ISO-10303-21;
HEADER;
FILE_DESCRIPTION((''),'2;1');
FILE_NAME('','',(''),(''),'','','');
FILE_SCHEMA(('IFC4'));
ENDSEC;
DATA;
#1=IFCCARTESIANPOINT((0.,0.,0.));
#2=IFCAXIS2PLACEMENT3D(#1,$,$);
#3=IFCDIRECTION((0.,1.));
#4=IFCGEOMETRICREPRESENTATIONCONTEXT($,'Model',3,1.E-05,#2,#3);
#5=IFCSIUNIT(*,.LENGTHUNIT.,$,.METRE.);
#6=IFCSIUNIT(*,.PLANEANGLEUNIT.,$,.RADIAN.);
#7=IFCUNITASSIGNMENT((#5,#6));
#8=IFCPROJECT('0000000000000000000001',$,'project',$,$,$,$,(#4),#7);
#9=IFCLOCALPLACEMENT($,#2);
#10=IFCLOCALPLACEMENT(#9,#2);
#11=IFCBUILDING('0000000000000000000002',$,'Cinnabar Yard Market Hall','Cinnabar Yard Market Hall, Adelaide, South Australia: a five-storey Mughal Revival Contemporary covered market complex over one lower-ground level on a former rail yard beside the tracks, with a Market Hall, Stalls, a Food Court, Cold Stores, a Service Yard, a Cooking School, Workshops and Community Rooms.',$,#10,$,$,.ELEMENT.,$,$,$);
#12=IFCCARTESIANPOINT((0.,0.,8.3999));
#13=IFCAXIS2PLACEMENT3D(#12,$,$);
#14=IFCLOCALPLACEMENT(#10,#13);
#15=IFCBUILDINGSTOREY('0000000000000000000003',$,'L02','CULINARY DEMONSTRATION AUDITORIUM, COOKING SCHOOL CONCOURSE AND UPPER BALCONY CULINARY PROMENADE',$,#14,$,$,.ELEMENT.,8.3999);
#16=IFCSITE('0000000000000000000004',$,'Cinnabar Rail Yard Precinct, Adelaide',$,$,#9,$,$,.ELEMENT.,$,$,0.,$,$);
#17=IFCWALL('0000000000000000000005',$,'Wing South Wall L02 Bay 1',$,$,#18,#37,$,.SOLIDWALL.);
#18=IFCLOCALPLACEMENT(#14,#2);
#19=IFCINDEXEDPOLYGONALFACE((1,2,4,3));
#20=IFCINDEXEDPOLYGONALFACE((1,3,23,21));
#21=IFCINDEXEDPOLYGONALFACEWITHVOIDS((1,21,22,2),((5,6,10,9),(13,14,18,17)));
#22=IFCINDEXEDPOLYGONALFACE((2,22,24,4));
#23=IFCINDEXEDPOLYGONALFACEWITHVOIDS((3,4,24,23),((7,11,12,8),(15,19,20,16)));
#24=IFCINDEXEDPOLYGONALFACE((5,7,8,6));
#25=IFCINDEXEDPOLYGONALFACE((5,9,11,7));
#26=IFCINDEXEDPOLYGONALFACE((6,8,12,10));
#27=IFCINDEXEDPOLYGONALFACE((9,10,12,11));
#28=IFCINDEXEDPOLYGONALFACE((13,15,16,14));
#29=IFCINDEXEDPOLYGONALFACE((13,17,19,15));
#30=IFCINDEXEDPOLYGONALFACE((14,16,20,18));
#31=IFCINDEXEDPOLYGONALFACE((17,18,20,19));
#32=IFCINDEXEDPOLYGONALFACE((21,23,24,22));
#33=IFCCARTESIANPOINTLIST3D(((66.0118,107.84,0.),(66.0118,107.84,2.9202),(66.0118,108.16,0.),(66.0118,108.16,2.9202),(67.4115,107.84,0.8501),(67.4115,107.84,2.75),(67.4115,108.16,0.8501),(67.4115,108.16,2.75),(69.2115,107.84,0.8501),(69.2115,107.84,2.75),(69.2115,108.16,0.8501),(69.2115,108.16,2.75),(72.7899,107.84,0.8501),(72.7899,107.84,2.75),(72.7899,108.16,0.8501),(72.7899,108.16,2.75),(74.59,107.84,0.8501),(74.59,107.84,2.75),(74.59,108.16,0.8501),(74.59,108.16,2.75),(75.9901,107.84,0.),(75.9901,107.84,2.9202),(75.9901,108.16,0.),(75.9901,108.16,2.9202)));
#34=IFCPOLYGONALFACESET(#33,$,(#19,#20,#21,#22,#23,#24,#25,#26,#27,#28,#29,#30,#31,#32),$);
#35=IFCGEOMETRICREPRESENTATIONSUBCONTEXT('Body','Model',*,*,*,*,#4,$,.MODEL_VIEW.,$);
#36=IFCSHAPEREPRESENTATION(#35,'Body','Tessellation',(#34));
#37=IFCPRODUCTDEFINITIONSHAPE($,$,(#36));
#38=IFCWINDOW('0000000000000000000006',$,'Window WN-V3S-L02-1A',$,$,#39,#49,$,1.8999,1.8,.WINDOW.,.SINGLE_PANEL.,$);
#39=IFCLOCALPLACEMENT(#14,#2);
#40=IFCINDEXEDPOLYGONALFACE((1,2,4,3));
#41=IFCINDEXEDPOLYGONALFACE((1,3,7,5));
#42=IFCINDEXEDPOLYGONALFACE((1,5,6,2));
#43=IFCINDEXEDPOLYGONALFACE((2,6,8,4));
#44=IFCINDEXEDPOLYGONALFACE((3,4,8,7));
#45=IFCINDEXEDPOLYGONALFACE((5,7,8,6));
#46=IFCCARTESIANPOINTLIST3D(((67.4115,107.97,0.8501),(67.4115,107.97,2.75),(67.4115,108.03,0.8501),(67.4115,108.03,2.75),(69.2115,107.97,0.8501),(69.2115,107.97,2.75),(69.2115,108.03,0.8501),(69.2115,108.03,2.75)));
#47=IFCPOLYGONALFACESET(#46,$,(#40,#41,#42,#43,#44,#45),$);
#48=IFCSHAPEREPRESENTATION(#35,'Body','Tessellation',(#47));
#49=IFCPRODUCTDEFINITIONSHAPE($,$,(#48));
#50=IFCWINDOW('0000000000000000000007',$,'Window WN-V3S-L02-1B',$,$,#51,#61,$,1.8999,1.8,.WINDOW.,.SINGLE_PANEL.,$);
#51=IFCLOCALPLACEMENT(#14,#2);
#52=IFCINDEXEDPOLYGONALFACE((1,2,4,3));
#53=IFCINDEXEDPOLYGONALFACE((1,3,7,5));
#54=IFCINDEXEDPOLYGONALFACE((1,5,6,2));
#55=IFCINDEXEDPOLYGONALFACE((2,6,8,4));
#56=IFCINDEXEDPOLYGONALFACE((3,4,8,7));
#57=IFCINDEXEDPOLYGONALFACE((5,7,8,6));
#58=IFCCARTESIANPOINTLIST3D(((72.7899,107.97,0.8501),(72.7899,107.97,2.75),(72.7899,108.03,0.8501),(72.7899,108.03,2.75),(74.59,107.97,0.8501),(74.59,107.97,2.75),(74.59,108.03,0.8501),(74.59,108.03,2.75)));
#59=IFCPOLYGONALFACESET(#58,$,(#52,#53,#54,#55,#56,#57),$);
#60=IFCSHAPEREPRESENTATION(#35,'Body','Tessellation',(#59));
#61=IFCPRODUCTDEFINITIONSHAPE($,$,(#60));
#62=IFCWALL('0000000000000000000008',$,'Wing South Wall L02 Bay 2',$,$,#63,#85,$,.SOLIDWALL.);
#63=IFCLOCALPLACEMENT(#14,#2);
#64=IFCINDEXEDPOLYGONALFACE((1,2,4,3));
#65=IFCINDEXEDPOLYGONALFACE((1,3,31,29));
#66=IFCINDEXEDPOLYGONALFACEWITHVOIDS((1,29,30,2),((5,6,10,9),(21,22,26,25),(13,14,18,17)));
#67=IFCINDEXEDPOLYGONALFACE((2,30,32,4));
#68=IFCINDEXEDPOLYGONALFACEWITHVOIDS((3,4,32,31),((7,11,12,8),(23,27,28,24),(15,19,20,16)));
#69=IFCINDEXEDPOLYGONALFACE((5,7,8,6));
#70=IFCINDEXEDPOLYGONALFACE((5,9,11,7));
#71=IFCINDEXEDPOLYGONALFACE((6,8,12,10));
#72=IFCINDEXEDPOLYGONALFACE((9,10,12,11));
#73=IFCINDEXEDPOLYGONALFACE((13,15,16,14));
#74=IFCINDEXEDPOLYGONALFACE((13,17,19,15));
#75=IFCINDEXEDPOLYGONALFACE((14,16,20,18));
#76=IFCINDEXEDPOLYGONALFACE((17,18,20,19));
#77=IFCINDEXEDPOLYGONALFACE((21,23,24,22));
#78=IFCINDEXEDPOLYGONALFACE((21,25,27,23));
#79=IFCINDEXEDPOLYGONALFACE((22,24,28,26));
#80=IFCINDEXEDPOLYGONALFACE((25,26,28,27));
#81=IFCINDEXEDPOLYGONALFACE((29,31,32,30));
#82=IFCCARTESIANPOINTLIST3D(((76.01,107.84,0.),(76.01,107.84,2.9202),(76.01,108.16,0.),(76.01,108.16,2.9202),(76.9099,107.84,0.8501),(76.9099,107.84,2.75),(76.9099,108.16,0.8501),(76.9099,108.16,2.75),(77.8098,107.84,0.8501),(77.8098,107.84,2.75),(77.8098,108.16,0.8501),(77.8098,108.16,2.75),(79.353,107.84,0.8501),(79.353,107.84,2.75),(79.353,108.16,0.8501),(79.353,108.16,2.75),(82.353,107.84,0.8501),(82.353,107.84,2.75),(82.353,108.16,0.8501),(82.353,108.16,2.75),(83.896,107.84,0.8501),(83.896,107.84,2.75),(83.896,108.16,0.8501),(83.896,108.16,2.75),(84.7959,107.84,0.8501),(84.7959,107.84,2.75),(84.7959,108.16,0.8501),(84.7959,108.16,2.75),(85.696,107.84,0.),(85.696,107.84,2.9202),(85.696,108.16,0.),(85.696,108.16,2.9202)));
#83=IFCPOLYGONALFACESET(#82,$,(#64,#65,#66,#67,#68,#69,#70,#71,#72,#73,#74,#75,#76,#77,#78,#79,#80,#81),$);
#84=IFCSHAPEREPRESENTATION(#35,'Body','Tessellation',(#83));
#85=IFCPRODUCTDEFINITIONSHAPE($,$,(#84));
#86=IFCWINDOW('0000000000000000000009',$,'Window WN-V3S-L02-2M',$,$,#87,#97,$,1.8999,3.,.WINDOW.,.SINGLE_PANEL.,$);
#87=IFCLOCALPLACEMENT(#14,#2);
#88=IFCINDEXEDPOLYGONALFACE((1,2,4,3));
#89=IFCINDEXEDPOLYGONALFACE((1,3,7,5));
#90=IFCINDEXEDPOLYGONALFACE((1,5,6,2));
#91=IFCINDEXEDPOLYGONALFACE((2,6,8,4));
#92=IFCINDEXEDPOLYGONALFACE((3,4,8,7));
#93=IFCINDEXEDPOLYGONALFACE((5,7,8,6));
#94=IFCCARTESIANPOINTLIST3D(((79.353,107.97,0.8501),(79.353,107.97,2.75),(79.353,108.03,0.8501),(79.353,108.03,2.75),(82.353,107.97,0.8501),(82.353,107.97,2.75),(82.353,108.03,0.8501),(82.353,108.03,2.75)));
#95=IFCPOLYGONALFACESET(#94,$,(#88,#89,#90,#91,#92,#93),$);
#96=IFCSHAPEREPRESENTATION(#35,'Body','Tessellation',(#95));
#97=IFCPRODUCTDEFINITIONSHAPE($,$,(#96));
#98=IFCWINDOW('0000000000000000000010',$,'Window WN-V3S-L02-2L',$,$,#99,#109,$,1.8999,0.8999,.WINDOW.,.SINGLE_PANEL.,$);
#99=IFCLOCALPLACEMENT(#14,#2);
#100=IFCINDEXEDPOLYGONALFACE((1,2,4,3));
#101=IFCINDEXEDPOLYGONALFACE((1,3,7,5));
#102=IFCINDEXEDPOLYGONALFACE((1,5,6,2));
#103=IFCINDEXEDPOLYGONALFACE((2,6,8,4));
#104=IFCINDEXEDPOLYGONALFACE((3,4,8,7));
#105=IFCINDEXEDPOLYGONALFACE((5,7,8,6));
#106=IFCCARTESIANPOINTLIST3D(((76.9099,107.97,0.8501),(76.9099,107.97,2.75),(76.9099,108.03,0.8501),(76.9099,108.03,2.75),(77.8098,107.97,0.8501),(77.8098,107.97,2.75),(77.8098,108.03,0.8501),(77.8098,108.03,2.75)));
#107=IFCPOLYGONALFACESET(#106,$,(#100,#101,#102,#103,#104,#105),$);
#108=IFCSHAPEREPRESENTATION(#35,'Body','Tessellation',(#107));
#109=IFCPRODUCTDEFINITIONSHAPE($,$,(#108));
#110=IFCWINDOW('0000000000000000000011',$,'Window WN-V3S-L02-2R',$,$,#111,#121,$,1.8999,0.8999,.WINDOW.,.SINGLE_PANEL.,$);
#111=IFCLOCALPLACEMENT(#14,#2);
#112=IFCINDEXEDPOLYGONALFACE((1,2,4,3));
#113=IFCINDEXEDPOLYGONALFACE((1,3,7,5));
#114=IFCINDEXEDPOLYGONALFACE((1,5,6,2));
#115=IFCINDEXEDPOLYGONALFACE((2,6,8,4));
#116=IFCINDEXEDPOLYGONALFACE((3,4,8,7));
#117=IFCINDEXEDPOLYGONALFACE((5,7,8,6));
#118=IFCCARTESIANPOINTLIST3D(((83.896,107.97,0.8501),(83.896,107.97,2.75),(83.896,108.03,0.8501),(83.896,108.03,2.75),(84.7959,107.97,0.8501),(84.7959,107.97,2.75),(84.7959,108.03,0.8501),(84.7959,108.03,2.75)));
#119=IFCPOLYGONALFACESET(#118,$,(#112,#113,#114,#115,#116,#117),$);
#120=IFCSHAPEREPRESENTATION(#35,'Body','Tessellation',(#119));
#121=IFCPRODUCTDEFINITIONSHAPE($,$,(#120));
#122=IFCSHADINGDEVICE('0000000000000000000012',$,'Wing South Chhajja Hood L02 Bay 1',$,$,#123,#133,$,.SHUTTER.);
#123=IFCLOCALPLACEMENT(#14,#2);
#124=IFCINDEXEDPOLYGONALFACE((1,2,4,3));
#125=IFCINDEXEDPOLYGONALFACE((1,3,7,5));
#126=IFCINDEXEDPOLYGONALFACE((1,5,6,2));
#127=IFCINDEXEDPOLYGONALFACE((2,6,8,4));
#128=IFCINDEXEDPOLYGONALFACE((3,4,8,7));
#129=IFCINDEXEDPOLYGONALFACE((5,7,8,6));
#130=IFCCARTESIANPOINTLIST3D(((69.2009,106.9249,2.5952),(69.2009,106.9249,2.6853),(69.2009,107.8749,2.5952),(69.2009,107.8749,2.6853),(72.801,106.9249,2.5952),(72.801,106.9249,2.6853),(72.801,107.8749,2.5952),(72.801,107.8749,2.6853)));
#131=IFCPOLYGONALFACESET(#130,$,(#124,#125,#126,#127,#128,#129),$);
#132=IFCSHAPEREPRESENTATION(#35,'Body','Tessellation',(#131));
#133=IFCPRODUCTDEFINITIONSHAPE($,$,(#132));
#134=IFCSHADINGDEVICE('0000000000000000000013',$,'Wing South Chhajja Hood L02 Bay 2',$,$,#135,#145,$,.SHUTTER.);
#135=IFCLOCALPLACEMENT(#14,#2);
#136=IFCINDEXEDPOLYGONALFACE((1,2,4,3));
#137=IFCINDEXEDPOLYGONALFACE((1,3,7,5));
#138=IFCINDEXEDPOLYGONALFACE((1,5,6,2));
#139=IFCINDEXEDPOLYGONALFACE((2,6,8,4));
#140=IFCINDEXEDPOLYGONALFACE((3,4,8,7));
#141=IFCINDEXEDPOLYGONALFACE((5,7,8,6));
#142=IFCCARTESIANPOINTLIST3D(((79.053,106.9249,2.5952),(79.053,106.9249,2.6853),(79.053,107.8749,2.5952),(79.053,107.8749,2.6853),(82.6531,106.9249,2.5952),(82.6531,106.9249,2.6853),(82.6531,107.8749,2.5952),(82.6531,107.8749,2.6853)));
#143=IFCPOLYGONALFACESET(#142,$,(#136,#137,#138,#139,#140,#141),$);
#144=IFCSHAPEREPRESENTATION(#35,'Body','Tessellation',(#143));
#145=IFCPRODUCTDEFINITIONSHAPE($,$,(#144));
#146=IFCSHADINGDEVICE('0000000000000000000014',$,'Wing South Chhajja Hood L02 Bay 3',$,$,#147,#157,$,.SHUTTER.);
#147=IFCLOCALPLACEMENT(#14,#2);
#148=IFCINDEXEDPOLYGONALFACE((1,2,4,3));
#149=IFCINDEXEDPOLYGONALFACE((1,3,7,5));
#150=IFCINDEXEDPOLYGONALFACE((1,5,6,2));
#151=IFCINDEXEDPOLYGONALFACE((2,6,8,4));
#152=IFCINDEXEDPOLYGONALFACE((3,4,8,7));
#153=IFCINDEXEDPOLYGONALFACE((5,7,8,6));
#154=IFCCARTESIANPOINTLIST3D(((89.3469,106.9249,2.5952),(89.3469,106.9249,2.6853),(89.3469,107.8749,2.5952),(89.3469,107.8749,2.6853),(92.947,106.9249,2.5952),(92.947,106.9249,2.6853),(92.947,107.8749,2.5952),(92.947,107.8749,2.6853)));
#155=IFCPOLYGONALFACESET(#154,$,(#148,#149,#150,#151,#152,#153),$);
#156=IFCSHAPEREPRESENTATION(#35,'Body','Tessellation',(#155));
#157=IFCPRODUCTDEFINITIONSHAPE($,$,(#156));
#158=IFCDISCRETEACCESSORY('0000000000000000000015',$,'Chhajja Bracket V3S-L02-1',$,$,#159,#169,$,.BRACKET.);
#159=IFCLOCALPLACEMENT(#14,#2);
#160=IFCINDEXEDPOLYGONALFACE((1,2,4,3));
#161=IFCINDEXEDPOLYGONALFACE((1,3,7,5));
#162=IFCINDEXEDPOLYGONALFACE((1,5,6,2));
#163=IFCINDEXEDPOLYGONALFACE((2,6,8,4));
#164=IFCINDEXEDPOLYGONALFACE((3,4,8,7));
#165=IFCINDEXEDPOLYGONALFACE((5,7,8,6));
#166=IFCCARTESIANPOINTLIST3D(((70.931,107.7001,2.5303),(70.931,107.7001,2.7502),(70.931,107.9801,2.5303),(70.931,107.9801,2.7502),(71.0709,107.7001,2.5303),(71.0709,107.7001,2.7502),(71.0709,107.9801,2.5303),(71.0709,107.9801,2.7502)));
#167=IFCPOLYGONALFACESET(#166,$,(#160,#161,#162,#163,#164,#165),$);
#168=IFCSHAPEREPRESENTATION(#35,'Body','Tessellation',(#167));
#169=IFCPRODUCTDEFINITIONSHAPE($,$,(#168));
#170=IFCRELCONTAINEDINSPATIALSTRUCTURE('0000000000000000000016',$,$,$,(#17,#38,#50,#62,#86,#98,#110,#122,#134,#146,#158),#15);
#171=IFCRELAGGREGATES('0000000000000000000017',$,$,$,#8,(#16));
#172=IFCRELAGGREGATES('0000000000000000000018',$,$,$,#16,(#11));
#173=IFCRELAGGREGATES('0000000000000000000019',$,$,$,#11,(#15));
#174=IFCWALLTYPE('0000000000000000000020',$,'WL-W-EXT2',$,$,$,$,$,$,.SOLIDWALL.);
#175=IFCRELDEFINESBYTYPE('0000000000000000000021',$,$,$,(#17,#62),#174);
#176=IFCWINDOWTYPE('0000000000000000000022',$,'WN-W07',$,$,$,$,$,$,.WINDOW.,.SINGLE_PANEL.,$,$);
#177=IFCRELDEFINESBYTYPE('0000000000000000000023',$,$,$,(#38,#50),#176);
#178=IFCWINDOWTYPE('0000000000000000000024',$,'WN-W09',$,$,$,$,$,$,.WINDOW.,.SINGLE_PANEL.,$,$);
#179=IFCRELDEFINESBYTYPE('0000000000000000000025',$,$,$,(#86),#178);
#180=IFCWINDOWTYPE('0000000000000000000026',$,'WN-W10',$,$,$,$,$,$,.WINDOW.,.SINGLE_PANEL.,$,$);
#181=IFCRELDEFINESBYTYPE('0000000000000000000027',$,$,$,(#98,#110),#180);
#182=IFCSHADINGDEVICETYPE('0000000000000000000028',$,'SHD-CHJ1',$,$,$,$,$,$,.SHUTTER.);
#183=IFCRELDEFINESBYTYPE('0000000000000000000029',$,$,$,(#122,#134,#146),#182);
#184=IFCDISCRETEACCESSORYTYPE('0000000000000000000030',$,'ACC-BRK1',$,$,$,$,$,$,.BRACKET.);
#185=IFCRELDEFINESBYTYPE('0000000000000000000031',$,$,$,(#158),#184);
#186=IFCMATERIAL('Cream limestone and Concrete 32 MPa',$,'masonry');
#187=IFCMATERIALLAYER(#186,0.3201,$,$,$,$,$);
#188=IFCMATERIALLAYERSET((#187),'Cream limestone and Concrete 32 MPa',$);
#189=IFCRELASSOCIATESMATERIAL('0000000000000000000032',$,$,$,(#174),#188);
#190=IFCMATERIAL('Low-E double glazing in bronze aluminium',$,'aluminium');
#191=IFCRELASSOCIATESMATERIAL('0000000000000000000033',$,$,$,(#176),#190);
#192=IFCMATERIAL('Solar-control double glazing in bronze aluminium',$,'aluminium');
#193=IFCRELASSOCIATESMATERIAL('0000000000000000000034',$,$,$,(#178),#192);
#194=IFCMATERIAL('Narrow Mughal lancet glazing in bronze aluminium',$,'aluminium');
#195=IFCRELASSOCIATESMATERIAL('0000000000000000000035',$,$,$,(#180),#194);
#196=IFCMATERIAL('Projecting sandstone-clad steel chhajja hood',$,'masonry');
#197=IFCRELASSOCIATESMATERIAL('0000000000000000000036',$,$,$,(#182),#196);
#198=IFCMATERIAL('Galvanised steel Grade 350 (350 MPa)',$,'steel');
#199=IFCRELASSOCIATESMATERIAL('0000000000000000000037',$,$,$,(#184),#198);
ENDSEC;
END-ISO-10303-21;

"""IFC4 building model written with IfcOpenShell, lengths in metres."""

from ifc_helpers import new_model, si_unit, direction, frame, frame_2d, origin, origin_2d_with_axis, place, context, subcontext, project, spatial, rectangle, extrude, material, layer, layer_set, type_object, element, fill, save


model = new_model("IFC4")

# Units and contexts
model_context = context("Model", 3, precision=1e-05, world=origin(), true_north=direction((0.0, 1.0)))
body_context = subcontext(model_context, "Body", "Model", "MODEL_VIEW")
ifc_project = project(units=[si_unit("LENGTHUNIT", "METRE"), si_unit("PLANEANGLEUNIT", "RADIAN")], contexts=[model_context])

# Site, building, storey
site_placement = place(None, origin())
site = spatial("IfcSite", under=ifc_project, at=site_placement, Name="Cinnabar Rail Yard Precinct, Adelaide", CompositionType="ELEMENT", RefElevation=0.0)
building_placement = place(site_placement, origin())
building = spatial("IfcBuilding", under=site, at=building_placement, Name="Cinnabar Yard Market Hall", Description="Cinnabar Yard Market Hall, Adelaide, South Australia: a five-storey Mughal Revival Contemporary covered market complex over one lower-ground level on a former rail yard beside the tracks, with a Market Hall, Stalls, a Food Court, Cold Stores, a Service Yard, a Cooking School, Workshops and Community Rooms.", CompositionType="ELEMENT")
storey_placement = place(building_placement, frame((0.0, 0.0, 8.3999)))
storey = spatial("IfcBuildingStorey", under=building, at=storey_placement, Name="L02", Description="CULINARY DEMONSTRATION AUDITORIUM, COOKING SCHOOL CONCOURSE AND UPPER BALCONY CULINARY PROMENADE", CompositionType="ELEMENT", Elevation=8.3999)

# Walls, openings, windows
ifc_material_1 = material(Name="Cream limestone and Concrete 32 MPa", Category="masonry")
ifc_layer_1 = layer(ifc_material_1, 0.3201)
ifc_layer_set_1 = layer_set([ifc_layer_1], Name="Cream limestone and Concrete 32 MPa")
wall_type = type_object("IfcWallType", Name="WL-W-EXT2", PredefinedType="SOLIDWALL", material=ifc_layer_set_1)
wall_1_placement = place(storey_placement, frame((66.0117, 108.0, 0.0), z_axis=(0.0, 0.0, 1.0), x_axis=(1.0, 0.0, 0.0)))
wall_1 = element("IfcWall", 1, at=wall_1_placement, inside=storey, type_object=wall_type, Name="Wing South Wall L02 Bay 1", PredefinedType="SOLIDWALL", context=body_context, shape_type="SweptSolid", body=[
    extrude(rectangle(XDim=9.9783, YDim=0.3201, at=frame_2d((4.9893, 0.0), x_axis=(1.0, 0.0))), origin(), (0.0, 0.0, 1.0), 2.9202),
])
opening_1_placement = place(wall_1_placement, frame((1.3999, 0.0, 0.8501)))
opening_1 = element("IfcOpeningElement", 2, at=opening_1_placement, cuts=wall_1, PredefinedType="OPENING", context=body_context, shape_type="SweptSolid", body=[
    extrude(rectangle(XDim=1.8, YDim=1.8999, at=frame_2d((0.8999, 0.95), x_axis=(1.0, 0.0))), frame((0.0, 0.1699, 0.0), z_axis=(0.0, -1.0, 0.0), x_axis=(1.0, 0.0, 0.0)), (0.0, 0.0, 1.0), 0.3401),
])
opening_2_placement = place(wall_1_placement, frame((6.7783, 0.0, 0.8501)))
opening_2 = element("IfcOpeningElement", 3, at=opening_2_placement, cuts=wall_1, PredefinedType="OPENING", context=body_context, shape_type="SweptSolid", body=[
    extrude(rectangle(XDim=1.8, YDim=1.8999, at=frame_2d((0.8999, 0.95), x_axis=(1.0, 0.0))), frame((0.0, 0.1699, 0.0), z_axis=(0.0, -1.0, 0.0), x_axis=(1.0, 0.0, 0.0)), (0.0, 0.0, 1.0), 0.3401),
])
ifc_material_2 = material(Name="Low-E double glazing in bronze aluminium", Category="aluminium")
window_type_1 = type_object("IfcWindowType", Name="WN-W07", PartitioningType="SINGLE_PANEL", PredefinedType="WINDOW", material=ifc_material_2)
window_1_placement = place(opening_1_placement, origin())
window_1 = element("IfcWindow", 4, at=window_1_placement, inside=storey, type_object=window_type_1, Name="Window WN-V3S-L02-1A", OverallHeight=1.8999, OverallWidth=1.8, PartitioningType="SINGLE_PANEL", PredefinedType="WINDOW", context=body_context, shape_type="SweptSolid", body=[
    extrude(rectangle(XDim=1.8, YDim=1.8999, at=frame_2d((0.8999, 0.95), x_axis=(1.0, 0.0))), frame((0.0, 0.03, 0.0), z_axis=(0.0, -1.0, 0.0), x_axis=(1.0, 0.0, 0.0)), (0.0, 0.0, 1.0), 0.0601),
])
fill(opening_1, window_1)
window_2_placement = place(opening_2_placement, origin())
window_2 = element("IfcWindow", 5, at=window_2_placement, inside=storey, type_object=window_type_1, Name="Window WN-V3S-L02-1B", OverallHeight=1.8999, OverallWidth=1.8, PartitioningType="SINGLE_PANEL", PredefinedType="WINDOW", context=body_context, shape_type="SweptSolid", body=[
    extrude(rectangle(XDim=1.8, YDim=1.8999, at=frame_2d((0.8999, 0.95), x_axis=(1.0, 0.0))), frame((0.0, 0.03, 0.0), z_axis=(0.0, -1.0, 0.0), x_axis=(1.0, 0.0, 0.0)), (0.0, 0.0, 1.0), 0.0601),
])
fill(opening_2, window_2)
wall_2_placement = place(storey_placement, frame((76.01, 108.0, 0.0), z_axis=(0.0, 0.0, 1.0), x_axis=(1.0, 0.0, 0.0)))
wall_2 = element("IfcWall", 6, at=wall_2_placement, inside=storey, type_object=wall_type, Name="Wing South Wall L02 Bay 2", PredefinedType="SOLIDWALL", context=body_context, shape_type="SweptSolid", body=[
    extrude(rectangle(XDim=9.686, YDim=0.3201, at=frame_2d((4.843, 0.0), x_axis=(1.0, 0.0))), origin(), (0.0, 0.0, 1.0), 2.9202),
])
opening_3_placement = place(wall_2_placement, frame((3.343, 0.0, 0.8501)))
opening_3 = element("IfcOpeningElement", 7, at=opening_3_placement, cuts=wall_2, PredefinedType="OPENING", context=body_context, shape_type="SweptSolid", body=[
    extrude(rectangle(XDim=3.0, YDim=1.8999, at=frame_2d((1.5, 0.95), x_axis=(1.0, 0.0))), frame((0.0, 0.1699, 0.0), z_axis=(0.0, -1.0, 0.0), x_axis=(1.0, 0.0, 0.0)), (0.0, 0.0, 1.0), 0.3401),
])
opening_4_placement = place(wall_2_placement, frame((0.8999, 0.0, 0.8501)))
opening_4 = element("IfcOpeningElement", 8, at=opening_4_placement, cuts=wall_2, PredefinedType="OPENING", context=body_context, shape_type="SweptSolid", body=[
    extrude(rectangle(XDim=0.8999, YDim=1.8999, at=frame_2d((0.45, 0.95), x_axis=(1.0, 0.0))), frame((0.0, 0.1699, 0.0), z_axis=(0.0, -1.0, 0.0), x_axis=(1.0, 0.0, 0.0)), (0.0, 0.0, 1.0), 0.3401),
])
opening_5_placement = place(wall_2_placement, frame((7.886, 0.0, 0.8501)))
opening_5 = element("IfcOpeningElement", 9, at=opening_5_placement, cuts=wall_2, PredefinedType="OPENING", context=body_context, shape_type="SweptSolid", body=[
    extrude(rectangle(XDim=0.8999, YDim=1.8999, at=frame_2d((0.45, 0.95), x_axis=(1.0, 0.0))), frame((0.0, 0.1699, 0.0), z_axis=(0.0, -1.0, 0.0), x_axis=(1.0, 0.0, 0.0)), (0.0, 0.0, 1.0), 0.3401),
])
ifc_material_3 = material(Name="Solar-control double glazing in bronze aluminium", Category="aluminium")
window_type_2 = type_object("IfcWindowType", Name="WN-W09", PartitioningType="SINGLE_PANEL", PredefinedType="WINDOW", material=ifc_material_3)
window_3_placement = place(opening_3_placement, origin())
window_3 = element("IfcWindow", 10, at=window_3_placement, inside=storey, type_object=window_type_2, Name="Window WN-V3S-L02-2M", OverallHeight=1.8999, OverallWidth=3.0, PartitioningType="SINGLE_PANEL", PredefinedType="WINDOW", context=body_context, shape_type="SweptSolid", body=[
    extrude(rectangle(XDim=3.0, YDim=1.8999, at=frame_2d((1.5, 0.95), x_axis=(1.0, 0.0))), frame((0.0, 0.03, 0.0), z_axis=(0.0, -1.0, 0.0), x_axis=(1.0, 0.0, 0.0)), (0.0, 0.0, 1.0), 0.0601),
])
fill(opening_3, window_3)
ifc_material_4 = material(Name="Narrow Mughal lancet glazing in bronze aluminium", Category="aluminium")
window_type_3 = type_object("IfcWindowType", Name="WN-W10", PartitioningType="SINGLE_PANEL", PredefinedType="WINDOW", material=ifc_material_4)
window_4_placement = place(opening_4_placement, origin())
window_4 = element("IfcWindow", 11, at=window_4_placement, inside=storey, type_object=window_type_3, Name="Window WN-V3S-L02-2L", OverallHeight=1.8999, OverallWidth=0.8999, PartitioningType="SINGLE_PANEL", PredefinedType="WINDOW", context=body_context, shape_type="SweptSolid", body=[
    extrude(rectangle(XDim=0.8999, YDim=1.8999, at=frame_2d((0.45, 0.95), x_axis=(1.0, 0.0))), frame((0.0, 0.03, 0.0), z_axis=(0.0, -1.0, 0.0), x_axis=(1.0, 0.0, 0.0)), (0.0, 0.0, 1.0), 0.0601),
])
fill(opening_4, window_4)
window_5_placement = place(opening_5_placement, origin())
window_5 = element("IfcWindow", 12, at=window_5_placement, inside=storey, type_object=window_type_3, Name="Window WN-V3S-L02-2R", OverallHeight=1.8999, OverallWidth=0.8999, PartitioningType="SINGLE_PANEL", PredefinedType="WINDOW", context=body_context, shape_type="SweptSolid", body=[
    extrude(rectangle(XDim=0.8999, YDim=1.8999, at=frame_2d((0.45, 0.95), x_axis=(1.0, 0.0))), frame((0.0, 0.03, 0.0), z_axis=(0.0, -1.0, 0.0), x_axis=(1.0, 0.0, 0.0)), (0.0, 0.0, 1.0), 0.0601),
])
fill(opening_5, window_5)

# Shading devices
ifc_material_5 = material(Name="Projecting sandstone-clad steel chhajja hood", Category="masonry")
shading_device_type = type_object("IfcShadingDeviceType", Name="SHD-CHJ1", PredefinedType="SHUTTER", material=ifc_material_5)
for number, where, z_axis, x_axis, name in (
    (13, (71.001, 107.3999, 2.5952), (0.0, 0.0, 1.0), (1.0, 0.0, 0.0), "Wing South Chhajja Hood L02 Bay 1"),
    (14, (80.853, 107.3999, 2.5952), (0.0, 0.0, 1.0), (1.0, 0.0, 0.0), "Wing South Chhajja Hood L02 Bay 2"),
    (15, (91.147, 107.3999, 2.5952), (0.0, 0.0, 1.0), (1.0, 0.0, 0.0), "Wing South Chhajja Hood L02 Bay 3"),
):
    element("IfcShadingDevice", number, at=place(storey_placement, frame(where, z_axis=z_axis, x_axis=x_axis)), inside=storey, type_object=shading_device_type, Name=name, PredefinedType="SHUTTER", context=body_context, shape_type="SweptSolid", body=[
        extrude(rectangle(XDim=3.6001, YDim=0.95, at=origin_2d_with_axis()), origin(), (0.0, 0.0, 1.0), 0.0901),
    ])

# Discrete accessory
ifc_material_6 = material(Name="Galvanised steel Grade 350 (350 MPa)", Category="steel")
discrete_accessory_type = type_object("IfcDiscreteAccessoryType", Name="ACC-BRK1", PredefinedType="BRACKET", material=ifc_material_6)
for number, where, z_axis, x_axis, name in (
    (16, (71.001, 107.8401, 2.5303), (0.0, 0.0, 1.0), (1.0, 0.0, 0.0), "Chhajja Bracket V3S-L02-1"),
):
    element("IfcDiscreteAccessory", number, at=place(storey_placement, frame(where, z_axis=z_axis, x_axis=x_axis)), inside=storey, type_object=discrete_accessory_type, Name=name, PredefinedType="BRACKET", context=body_context, shape_type="SweptSolid", body=[
        extrude(rectangle(XDim=0.1399, YDim=0.28, at=origin_2d_with_axis()), origin(), (0.0, 0.0, 1.0), 0.22),
    ])

save(model, "model.ifc")
